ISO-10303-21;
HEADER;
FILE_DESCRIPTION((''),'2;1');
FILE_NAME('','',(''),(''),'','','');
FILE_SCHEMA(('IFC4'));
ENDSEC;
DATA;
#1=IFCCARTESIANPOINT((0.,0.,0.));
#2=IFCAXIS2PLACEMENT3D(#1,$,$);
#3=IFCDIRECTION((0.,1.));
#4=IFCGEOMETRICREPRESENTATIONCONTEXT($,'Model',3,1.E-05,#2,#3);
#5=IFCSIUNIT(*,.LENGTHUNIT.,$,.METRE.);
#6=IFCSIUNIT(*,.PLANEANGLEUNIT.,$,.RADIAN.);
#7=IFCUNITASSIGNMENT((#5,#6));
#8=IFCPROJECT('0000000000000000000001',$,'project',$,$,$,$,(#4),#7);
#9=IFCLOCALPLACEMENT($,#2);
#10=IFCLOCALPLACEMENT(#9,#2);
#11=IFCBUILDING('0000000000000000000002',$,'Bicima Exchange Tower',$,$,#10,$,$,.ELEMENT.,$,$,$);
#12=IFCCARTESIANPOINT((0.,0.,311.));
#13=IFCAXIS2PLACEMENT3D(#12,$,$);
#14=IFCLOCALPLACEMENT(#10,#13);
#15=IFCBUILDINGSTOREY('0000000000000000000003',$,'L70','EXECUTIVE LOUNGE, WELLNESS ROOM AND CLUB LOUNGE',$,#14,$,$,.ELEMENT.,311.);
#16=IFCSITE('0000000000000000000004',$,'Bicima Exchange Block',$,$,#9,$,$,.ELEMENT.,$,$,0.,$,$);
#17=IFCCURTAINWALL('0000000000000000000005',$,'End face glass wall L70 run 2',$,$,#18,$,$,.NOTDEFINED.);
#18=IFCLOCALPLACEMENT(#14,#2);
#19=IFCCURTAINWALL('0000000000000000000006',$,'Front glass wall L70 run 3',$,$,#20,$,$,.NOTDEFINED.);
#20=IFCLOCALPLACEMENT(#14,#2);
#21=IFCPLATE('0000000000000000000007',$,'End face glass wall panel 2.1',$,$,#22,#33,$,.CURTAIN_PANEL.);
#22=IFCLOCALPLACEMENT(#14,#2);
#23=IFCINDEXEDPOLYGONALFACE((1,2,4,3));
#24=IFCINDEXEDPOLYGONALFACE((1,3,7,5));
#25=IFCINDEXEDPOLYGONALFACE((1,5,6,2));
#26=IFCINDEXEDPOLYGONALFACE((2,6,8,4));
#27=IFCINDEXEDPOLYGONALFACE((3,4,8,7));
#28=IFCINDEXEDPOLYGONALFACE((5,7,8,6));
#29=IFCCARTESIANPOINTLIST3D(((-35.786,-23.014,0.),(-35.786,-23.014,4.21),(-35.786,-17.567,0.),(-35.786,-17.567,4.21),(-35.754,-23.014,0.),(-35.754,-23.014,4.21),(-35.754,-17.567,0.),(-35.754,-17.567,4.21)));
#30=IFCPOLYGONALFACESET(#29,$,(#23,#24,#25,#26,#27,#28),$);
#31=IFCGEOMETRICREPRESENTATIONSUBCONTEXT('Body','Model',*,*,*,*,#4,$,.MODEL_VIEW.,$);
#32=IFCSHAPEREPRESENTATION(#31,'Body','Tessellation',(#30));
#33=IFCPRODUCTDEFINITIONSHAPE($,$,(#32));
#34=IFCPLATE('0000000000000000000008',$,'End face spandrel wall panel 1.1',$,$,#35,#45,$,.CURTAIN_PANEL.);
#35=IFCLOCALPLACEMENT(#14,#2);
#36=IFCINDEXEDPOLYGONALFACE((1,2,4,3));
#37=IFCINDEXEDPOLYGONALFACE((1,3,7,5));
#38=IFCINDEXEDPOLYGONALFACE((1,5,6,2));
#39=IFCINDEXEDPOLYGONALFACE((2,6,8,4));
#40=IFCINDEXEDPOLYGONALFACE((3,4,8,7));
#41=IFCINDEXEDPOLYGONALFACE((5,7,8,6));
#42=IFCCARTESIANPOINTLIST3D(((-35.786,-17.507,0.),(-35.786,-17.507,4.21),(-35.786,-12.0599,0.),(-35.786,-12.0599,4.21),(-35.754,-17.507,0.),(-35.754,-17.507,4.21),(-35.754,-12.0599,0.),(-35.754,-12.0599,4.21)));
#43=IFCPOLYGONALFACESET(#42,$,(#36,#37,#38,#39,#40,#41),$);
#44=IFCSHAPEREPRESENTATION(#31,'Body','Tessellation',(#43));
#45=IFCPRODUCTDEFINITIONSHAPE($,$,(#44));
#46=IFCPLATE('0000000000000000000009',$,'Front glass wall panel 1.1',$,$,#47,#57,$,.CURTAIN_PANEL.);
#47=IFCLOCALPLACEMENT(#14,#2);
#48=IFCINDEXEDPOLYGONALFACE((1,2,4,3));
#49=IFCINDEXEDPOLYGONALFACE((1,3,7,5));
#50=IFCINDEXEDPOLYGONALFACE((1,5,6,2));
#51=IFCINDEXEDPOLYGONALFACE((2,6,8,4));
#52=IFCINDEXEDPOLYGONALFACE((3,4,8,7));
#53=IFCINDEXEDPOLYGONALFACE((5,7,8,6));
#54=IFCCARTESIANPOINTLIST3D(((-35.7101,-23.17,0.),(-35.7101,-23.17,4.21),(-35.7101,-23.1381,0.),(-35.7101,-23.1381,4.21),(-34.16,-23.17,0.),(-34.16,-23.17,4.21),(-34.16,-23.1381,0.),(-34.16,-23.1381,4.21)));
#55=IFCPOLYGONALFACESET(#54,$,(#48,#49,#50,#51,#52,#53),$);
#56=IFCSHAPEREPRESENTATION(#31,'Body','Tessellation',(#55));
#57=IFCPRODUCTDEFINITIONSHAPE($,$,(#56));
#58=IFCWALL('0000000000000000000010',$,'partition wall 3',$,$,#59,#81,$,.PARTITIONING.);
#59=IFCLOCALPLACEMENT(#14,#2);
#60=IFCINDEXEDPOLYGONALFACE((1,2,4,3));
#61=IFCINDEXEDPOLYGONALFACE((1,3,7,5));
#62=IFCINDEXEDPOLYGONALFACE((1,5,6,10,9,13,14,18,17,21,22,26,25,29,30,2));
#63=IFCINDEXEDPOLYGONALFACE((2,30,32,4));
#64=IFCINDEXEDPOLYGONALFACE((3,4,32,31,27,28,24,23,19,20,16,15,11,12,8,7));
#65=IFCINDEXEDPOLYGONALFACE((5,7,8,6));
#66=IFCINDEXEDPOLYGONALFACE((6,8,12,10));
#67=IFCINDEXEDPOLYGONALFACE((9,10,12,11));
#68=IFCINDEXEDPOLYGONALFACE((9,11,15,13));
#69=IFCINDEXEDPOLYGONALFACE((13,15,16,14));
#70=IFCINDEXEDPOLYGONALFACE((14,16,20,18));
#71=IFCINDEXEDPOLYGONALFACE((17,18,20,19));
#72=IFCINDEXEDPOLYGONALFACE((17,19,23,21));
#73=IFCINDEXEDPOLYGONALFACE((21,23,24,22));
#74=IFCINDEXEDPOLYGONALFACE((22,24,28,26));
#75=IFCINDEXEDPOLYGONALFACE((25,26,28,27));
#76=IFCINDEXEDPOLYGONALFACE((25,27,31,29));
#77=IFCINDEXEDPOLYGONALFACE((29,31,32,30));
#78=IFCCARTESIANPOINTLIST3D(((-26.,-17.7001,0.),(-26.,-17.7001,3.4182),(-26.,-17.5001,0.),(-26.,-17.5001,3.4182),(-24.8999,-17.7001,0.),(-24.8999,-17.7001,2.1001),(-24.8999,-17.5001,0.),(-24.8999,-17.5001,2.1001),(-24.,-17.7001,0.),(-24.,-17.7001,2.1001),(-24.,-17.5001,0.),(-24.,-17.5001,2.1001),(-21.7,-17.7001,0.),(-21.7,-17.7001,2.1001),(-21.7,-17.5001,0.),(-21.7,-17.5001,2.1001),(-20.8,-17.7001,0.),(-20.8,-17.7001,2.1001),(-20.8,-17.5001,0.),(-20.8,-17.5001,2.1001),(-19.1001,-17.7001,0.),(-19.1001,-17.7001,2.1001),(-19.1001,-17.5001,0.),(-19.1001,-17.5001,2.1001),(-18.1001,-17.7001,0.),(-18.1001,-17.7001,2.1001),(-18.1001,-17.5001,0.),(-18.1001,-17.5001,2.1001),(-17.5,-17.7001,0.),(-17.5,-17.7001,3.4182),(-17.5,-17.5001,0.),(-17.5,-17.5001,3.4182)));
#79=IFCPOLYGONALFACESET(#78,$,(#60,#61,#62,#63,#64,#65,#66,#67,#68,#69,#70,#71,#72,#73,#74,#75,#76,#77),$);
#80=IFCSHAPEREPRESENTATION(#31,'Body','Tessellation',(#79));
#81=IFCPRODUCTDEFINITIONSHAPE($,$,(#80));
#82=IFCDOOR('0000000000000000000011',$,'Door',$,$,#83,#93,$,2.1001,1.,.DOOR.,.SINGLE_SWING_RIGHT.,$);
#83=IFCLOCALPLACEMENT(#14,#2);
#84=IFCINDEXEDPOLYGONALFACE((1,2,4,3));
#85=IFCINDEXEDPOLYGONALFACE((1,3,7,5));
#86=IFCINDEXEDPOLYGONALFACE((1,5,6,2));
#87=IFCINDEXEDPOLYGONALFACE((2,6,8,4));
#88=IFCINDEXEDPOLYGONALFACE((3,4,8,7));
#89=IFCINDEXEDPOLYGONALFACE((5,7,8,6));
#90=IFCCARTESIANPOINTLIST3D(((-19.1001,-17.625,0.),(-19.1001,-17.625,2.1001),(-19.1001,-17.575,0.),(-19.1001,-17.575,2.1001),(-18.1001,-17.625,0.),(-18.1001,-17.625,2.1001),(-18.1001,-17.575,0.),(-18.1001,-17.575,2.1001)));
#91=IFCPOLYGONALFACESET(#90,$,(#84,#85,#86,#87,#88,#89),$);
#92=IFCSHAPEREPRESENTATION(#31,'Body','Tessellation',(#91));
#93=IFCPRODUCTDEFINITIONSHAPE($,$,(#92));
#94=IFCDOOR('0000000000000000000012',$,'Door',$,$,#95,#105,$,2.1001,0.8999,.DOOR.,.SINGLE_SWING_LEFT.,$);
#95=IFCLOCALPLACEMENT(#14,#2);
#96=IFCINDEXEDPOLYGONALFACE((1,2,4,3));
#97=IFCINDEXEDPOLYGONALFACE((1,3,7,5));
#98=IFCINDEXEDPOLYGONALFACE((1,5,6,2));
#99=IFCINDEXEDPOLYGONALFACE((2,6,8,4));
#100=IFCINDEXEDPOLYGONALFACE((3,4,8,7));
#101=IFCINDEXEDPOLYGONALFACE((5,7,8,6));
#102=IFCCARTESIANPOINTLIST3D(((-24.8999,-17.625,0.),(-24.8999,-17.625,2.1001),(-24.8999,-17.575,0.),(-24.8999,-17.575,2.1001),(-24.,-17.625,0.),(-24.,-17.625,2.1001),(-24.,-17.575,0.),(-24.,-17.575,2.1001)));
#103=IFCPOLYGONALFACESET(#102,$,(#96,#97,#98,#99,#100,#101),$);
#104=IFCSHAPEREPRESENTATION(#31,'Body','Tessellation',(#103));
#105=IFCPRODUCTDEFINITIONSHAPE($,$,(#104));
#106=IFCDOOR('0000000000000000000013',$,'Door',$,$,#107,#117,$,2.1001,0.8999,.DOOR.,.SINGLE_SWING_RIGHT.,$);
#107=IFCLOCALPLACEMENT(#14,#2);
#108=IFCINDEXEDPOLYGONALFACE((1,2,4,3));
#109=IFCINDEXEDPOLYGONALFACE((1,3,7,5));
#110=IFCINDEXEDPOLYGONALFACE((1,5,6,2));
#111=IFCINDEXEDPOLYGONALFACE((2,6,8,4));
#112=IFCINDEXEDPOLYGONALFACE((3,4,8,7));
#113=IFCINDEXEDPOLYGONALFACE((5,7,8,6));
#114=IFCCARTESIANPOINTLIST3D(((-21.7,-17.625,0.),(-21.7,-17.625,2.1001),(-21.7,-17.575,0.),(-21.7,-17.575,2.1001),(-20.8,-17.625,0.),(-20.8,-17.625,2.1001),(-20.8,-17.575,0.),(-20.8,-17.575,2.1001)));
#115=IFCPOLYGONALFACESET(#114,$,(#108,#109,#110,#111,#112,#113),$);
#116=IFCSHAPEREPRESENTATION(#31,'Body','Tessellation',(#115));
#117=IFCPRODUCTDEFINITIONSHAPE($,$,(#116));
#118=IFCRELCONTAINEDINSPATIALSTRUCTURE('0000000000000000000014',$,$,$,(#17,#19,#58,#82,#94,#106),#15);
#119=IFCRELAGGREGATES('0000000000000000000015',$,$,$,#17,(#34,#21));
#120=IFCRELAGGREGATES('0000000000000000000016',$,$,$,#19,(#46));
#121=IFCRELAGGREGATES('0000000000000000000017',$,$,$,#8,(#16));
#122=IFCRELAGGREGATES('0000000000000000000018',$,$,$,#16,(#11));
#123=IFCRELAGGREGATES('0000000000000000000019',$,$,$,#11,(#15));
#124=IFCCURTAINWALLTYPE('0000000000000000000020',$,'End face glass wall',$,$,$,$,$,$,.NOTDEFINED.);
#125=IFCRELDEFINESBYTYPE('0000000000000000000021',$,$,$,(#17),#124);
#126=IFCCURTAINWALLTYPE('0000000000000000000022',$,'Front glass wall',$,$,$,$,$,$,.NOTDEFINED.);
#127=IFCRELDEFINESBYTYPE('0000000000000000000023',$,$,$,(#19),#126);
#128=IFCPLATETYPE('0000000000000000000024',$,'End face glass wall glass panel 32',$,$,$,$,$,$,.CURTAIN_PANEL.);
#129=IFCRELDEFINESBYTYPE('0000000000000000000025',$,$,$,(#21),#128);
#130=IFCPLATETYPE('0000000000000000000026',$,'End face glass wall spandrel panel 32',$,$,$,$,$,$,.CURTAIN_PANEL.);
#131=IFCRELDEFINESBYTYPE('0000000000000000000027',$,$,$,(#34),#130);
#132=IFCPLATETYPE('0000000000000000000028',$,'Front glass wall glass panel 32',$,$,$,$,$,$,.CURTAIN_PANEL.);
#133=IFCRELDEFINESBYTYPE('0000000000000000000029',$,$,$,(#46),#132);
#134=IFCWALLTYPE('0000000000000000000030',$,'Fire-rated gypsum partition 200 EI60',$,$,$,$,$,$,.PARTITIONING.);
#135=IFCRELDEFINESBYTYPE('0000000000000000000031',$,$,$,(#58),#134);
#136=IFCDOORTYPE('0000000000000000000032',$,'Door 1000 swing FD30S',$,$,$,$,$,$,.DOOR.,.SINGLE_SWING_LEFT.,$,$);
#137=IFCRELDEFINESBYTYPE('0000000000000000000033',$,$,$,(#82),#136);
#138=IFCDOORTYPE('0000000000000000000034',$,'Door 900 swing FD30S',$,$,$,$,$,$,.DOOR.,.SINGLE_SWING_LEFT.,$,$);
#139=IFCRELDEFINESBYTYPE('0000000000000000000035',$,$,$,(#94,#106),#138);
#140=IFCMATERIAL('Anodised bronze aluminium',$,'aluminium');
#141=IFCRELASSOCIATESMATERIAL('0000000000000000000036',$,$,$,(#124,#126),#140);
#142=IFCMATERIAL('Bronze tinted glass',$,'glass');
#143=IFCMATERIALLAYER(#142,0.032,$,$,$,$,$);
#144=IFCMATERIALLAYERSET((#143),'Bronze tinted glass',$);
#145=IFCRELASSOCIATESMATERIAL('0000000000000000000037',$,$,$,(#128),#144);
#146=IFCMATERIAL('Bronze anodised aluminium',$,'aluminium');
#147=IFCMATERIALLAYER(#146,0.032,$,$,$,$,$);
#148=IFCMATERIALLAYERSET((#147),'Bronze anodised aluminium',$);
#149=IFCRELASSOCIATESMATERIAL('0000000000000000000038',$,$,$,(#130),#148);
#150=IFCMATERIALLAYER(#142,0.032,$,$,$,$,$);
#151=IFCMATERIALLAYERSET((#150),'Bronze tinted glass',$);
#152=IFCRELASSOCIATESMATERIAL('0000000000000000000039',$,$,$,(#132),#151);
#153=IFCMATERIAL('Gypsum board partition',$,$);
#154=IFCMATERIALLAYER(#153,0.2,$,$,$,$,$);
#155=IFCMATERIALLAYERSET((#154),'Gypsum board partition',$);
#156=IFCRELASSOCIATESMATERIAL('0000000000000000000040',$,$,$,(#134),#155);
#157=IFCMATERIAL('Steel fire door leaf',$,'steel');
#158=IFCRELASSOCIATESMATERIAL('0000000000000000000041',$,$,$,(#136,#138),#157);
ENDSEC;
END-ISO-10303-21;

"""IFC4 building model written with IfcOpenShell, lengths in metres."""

from ifc_helpers import new_model, si_unit, direction, frame, frame_2d, origin, origin_2d, place, context, subcontext, project, spatial, rectangle, extrude, material, layer, layer_set, type_object, element, fill, aggregate, save


model = new_model("IFC4")

# Units and contexts
model_context = context("Model", 3, precision=1e-05, world=origin(), true_north=direction((0.0, 1.0)))
body_context = subcontext(model_context, "Body", "Model", "MODEL_VIEW")
ifc_project = project(units=[si_unit("LENGTHUNIT", "METRE"), si_unit("PLANEANGLEUNIT", "RADIAN")], contexts=[model_context])

# Site, building, storey
site_placement = place(None, origin())
site = spatial("IfcSite", under=ifc_project, at=site_placement, Name="Bicima Exchange Block", CompositionType="ELEMENT", RefElevation=0.0)
building_placement = place(site_placement, origin())
building = spatial("IfcBuilding", under=site, at=building_placement, Name="Bicima Exchange Tower", CompositionType="ELEMENT")
storey_placement = place(building_placement, frame((0.0, 0.0, 311.0)))
storey = spatial("IfcBuildingStorey", under=building, at=storey_placement, Name="L70", Description="EXECUTIVE LOUNGE, WELLNESS ROOM AND CLUB LOUNGE", CompositionType="ELEMENT", Elevation=311.0)

# Curtain wall
ifc_material_1 = material(Name="Anodised bronze aluminium", Category="aluminium")
curtain_wall_type_1 = type_object("IfcCurtainWallType", Name="End face glass wall", PredefinedType="NOTDEFINED", material=ifc_material_1)
curtain_wall_1_placement = place(storey_placement, origin())
curtain_wall_1 = element("IfcCurtainWall", 1, at=curtain_wall_1_placement, inside=storey, type_object=curtain_wall_type_1, Name="End face glass wall L70 run 2", PredefinedType="NOTDEFINED")

# Curtain wall
curtain_wall_type_2 = type_object("IfcCurtainWallType", Name="Front glass wall", PredefinedType="NOTDEFINED", material=ifc_material_1)
curtain_wall_2_placement = place(storey_placement, origin())
curtain_wall_2 = element("IfcCurtainWall", 2, at=curtain_wall_2_placement, inside=storey, type_object=curtain_wall_type_2, Name="Front glass wall L70 run 3", PredefinedType="NOTDEFINED")

# Plates
ifc_material_2 = material(Name="Bronze tinted glass", Category="glass")
ifc_layer_1 = layer(ifc_material_2, 0.032)
ifc_layer_set_1 = layer_set([ifc_layer_1], Name="Bronze tinted glass")
plate_type_1 = type_object("IfcPlateType", Name="End face glass wall glass panel 32", PredefinedType="CURTAIN_PANEL", material=ifc_layer_set_1)
plate_1_placement = place(storey_placement, frame((-35.77, -20.2905, 0.0), z_axis=(0.0, 0.0, 1.0), x_axis=(0.0, -1.0, 0.0)))
plate_1 = element("IfcPlate", 3, at=plate_1_placement, type_object=plate_type_1, Name="End face glass wall panel 2.1", PredefinedType="CURTAIN_PANEL", context=body_context, shape_type="SweptSolid", body=[
    extrude(rectangle(XDim=5.447, YDim=0.032, at=origin_2d()), origin(), (0.0, 0.0, 1.0), 4.21),
])
ifc_material_3 = material(Name="Bronze anodised aluminium", Category="aluminium")
ifc_layer_2 = layer(ifc_material_3, 0.032)
ifc_layer_set_2 = layer_set([ifc_layer_2], Name="Bronze anodised aluminium")
plate_type_2 = type_object("IfcPlateType", Name="End face glass wall spandrel panel 32", PredefinedType="CURTAIN_PANEL", material=ifc_layer_set_2)
plate_2_placement = place(storey_placement, frame((-35.77, -14.7834, 0.0), z_axis=(0.0, 0.0, 1.0), x_axis=(0.0, -1.0, 0.0)))
plate_2 = element("IfcPlate", 4, at=plate_2_placement, type_object=plate_type_2, Name="End face spandrel wall panel 1.1", PredefinedType="CURTAIN_PANEL", context=body_context, shape_type="SweptSolid", body=[
    extrude(rectangle(XDim=5.447, YDim=0.032, at=origin_2d()), origin(), (0.0, 0.0, 1.0), 4.21),
])
aggregate(curtain_wall_1, [plate_2, plate_1])
ifc_layer_3 = layer(ifc_material_2, 0.032)
ifc_layer_set_3 = layer_set([ifc_layer_3], Name="Bronze tinted glass")
plate_type_3 = type_object("IfcPlateType", Name="Front glass wall glass panel 32", PredefinedType="CURTAIN_PANEL", material=ifc_layer_set_3)
plate_3_placement = place(storey_placement, frame((-34.9351, -23.1541, 0.0), z_axis=(0.0, 0.0, 1.0), x_axis=(1.0, 0.0, 0.0)))
plate_3 = element("IfcPlate", 5, at=plate_3_placement, type_object=plate_type_3, Name="Front glass wall panel 1.1", PredefinedType="CURTAIN_PANEL", context=body_context, shape_type="SweptSolid", body=[
    extrude(rectangle(XDim=1.55, YDim=0.032, at=origin_2d()), origin(), (0.0, 0.0, 1.0), 4.21),
])
aggregate(curtain_wall_2, [plate_3])

# Wall, openings, doors
ifc_material_4 = material(Name="Gypsum board partition")
ifc_layer_4 = layer(ifc_material_4, 0.2)
ifc_layer_set_4 = layer_set([ifc_layer_4], Name="Gypsum board partition")
wall_type_1 = type_object("IfcWallType", Name="Fire-rated gypsum partition 200 EI60", PredefinedType="PARTITIONING", material=ifc_layer_set_4)
wall_1_placement = place(storey_placement, frame((-26.0, -17.6001, 0.0), z_axis=(0.0, 0.0, 1.0), x_axis=(1.0, 0.0, 0.0)))
wall_1 = element("IfcWall", 6, at=wall_1_placement, inside=storey, type_object=wall_type_1, Name="partition wall 3", PredefinedType="PARTITIONING", context=body_context, shape_type="SweptSolid", body=[
    extrude(rectangle(XDim=8.5, YDim=0.2, at=frame_2d((4.25, 0.0))), origin(), (0.0, 0.0, 1.0), 3.4182),
])
opening_1_placement = place(wall_1_placement, frame((1.1001, 0.0, 0.0)))
opening_1 = element("IfcOpeningElement", 7, at=opening_1_placement, cuts=wall_1, PredefinedType="OPENING", context=body_context, shape_type="SweptSolid", body=[
    extrude(rectangle(XDim=0.8999, YDim=2.1001, at=frame_2d((0.45, 1.05))), frame((0.0, 0.1118, 0.0), z_axis=(0.0, -1.0, 0.0), x_axis=(1.0, 0.0, 0.0)), (0.0, 0.0, 1.0), 0.2239),
])
opening_2_placement = place(wall_1_placement, frame((4.3, 0.0, 0.0)))
opening_2 = element("IfcOpeningElement", 8, at=opening_2_placement, cuts=wall_1, PredefinedType="OPENING", context=body_context, shape_type="SweptSolid", body=[
    extrude(rectangle(XDim=0.8999, YDim=2.1001, at=frame_2d((0.45, 1.05))), frame((0.0, 0.1118, 0.0), z_axis=(0.0, -1.0, 0.0), x_axis=(1.0, 0.0, 0.0)), (0.0, 0.0, 1.0), 0.2239),
])
opening_3_placement = place(wall_1_placement, frame((6.8999, 0.0, 0.0)))
opening_3 = element("IfcOpeningElement", 9, at=opening_3_placement, cuts=wall_1, PredefinedType="OPENING", context=body_context, shape_type="SweptSolid", body=[
    extrude(rectangle(XDim=1.0, YDim=2.1001, at=frame_2d((0.5, 1.05))), frame((0.0, 0.1118, 0.0), z_axis=(0.0, -1.0, 0.0), x_axis=(1.0, 0.0, 0.0)), (0.0, 0.0, 1.0), 0.2239),
])
ifc_material_5 = material(Name="Steel fire door leaf", Category="steel")
door_type_1 = type_object("IfcDoorType", Name="Door 1000 swing FD30S", OperationType="SINGLE_SWING_LEFT", PredefinedType="DOOR", material=ifc_material_5)
door_1_placement = place(opening_3_placement, frame((1.0, 0.0, 0.0), z_axis=(0.0, 0.0, 1.0), x_axis=(-1.0, 0.0, 0.0)))
door_1 = element("IfcDoor", 10, at=door_1_placement, inside=storey, type_object=door_type_1, Name="Door", OperationType="SINGLE_SWING_RIGHT", OverallHeight=2.1001, OverallWidth=1.0, PredefinedType="DOOR", context=body_context, shape_type="SweptSolid", body=[
    extrude(rectangle(XDim=1.0, YDim=2.1001, at=frame_2d((0.5, 1.05))), frame((0.0, 0.0249, 0.0), z_axis=(0.0, -1.0, 0.0), x_axis=(1.0, 0.0, 0.0)), (0.0, 0.0, 1.0), 0.05),
])
fill(opening_3, door_1)
door_type_2 = type_object("IfcDoorType", Name="Door 900 swing FD30S", OperationType="SINGLE_SWING_LEFT", PredefinedType="DOOR", material=ifc_material_5)
door_2_placement = place(opening_1_placement, frame((0.8999, 0.0, 0.0), z_axis=(0.0, 0.0, 1.0), x_axis=(-1.0, 0.0, 0.0)))
door_2 = element("IfcDoor", 11, at=door_2_placement, inside=storey, type_object=door_type_2, Name="Door", OperationType="SINGLE_SWING_LEFT", OverallHeight=2.1001, OverallWidth=0.8999, PredefinedType="DOOR", context=body_context, shape_type="SweptSolid", body=[
    extrude(rectangle(XDim=0.8999, YDim=2.1001, at=frame_2d((0.45, 1.05))), frame((0.0, 0.0249, 0.0), z_axis=(0.0, -1.0, 0.0), x_axis=(1.0, 0.0, 0.0)), (0.0, 0.0, 1.0), 0.05),
])
fill(opening_1, door_2)
door_3_placement = place(opening_2_placement, frame((0.8999, 0.0, 0.0), z_axis=(0.0, 0.0, 1.0), x_axis=(-1.0, 0.0, 0.0)))
door_3 = element("IfcDoor", 12, at=door_3_placement, inside=storey, type_object=door_type_2, Name="Door", OperationType="SINGLE_SWING_RIGHT", OverallHeight=2.1001, OverallWidth=0.8999, PredefinedType="DOOR", context=body_context, shape_type="SweptSolid", body=[
    extrude(rectangle(XDim=0.8999, YDim=2.1001, at=frame_2d((0.45, 1.05))), frame((0.0, 0.0249, 0.0), z_axis=(0.0, -1.0, 0.0), x_axis=(1.0, 0.0, 0.0)), (0.0, 0.0, 1.0), 0.05),
])
fill(opening_2, door_3)

save(model, "model.ifc")
